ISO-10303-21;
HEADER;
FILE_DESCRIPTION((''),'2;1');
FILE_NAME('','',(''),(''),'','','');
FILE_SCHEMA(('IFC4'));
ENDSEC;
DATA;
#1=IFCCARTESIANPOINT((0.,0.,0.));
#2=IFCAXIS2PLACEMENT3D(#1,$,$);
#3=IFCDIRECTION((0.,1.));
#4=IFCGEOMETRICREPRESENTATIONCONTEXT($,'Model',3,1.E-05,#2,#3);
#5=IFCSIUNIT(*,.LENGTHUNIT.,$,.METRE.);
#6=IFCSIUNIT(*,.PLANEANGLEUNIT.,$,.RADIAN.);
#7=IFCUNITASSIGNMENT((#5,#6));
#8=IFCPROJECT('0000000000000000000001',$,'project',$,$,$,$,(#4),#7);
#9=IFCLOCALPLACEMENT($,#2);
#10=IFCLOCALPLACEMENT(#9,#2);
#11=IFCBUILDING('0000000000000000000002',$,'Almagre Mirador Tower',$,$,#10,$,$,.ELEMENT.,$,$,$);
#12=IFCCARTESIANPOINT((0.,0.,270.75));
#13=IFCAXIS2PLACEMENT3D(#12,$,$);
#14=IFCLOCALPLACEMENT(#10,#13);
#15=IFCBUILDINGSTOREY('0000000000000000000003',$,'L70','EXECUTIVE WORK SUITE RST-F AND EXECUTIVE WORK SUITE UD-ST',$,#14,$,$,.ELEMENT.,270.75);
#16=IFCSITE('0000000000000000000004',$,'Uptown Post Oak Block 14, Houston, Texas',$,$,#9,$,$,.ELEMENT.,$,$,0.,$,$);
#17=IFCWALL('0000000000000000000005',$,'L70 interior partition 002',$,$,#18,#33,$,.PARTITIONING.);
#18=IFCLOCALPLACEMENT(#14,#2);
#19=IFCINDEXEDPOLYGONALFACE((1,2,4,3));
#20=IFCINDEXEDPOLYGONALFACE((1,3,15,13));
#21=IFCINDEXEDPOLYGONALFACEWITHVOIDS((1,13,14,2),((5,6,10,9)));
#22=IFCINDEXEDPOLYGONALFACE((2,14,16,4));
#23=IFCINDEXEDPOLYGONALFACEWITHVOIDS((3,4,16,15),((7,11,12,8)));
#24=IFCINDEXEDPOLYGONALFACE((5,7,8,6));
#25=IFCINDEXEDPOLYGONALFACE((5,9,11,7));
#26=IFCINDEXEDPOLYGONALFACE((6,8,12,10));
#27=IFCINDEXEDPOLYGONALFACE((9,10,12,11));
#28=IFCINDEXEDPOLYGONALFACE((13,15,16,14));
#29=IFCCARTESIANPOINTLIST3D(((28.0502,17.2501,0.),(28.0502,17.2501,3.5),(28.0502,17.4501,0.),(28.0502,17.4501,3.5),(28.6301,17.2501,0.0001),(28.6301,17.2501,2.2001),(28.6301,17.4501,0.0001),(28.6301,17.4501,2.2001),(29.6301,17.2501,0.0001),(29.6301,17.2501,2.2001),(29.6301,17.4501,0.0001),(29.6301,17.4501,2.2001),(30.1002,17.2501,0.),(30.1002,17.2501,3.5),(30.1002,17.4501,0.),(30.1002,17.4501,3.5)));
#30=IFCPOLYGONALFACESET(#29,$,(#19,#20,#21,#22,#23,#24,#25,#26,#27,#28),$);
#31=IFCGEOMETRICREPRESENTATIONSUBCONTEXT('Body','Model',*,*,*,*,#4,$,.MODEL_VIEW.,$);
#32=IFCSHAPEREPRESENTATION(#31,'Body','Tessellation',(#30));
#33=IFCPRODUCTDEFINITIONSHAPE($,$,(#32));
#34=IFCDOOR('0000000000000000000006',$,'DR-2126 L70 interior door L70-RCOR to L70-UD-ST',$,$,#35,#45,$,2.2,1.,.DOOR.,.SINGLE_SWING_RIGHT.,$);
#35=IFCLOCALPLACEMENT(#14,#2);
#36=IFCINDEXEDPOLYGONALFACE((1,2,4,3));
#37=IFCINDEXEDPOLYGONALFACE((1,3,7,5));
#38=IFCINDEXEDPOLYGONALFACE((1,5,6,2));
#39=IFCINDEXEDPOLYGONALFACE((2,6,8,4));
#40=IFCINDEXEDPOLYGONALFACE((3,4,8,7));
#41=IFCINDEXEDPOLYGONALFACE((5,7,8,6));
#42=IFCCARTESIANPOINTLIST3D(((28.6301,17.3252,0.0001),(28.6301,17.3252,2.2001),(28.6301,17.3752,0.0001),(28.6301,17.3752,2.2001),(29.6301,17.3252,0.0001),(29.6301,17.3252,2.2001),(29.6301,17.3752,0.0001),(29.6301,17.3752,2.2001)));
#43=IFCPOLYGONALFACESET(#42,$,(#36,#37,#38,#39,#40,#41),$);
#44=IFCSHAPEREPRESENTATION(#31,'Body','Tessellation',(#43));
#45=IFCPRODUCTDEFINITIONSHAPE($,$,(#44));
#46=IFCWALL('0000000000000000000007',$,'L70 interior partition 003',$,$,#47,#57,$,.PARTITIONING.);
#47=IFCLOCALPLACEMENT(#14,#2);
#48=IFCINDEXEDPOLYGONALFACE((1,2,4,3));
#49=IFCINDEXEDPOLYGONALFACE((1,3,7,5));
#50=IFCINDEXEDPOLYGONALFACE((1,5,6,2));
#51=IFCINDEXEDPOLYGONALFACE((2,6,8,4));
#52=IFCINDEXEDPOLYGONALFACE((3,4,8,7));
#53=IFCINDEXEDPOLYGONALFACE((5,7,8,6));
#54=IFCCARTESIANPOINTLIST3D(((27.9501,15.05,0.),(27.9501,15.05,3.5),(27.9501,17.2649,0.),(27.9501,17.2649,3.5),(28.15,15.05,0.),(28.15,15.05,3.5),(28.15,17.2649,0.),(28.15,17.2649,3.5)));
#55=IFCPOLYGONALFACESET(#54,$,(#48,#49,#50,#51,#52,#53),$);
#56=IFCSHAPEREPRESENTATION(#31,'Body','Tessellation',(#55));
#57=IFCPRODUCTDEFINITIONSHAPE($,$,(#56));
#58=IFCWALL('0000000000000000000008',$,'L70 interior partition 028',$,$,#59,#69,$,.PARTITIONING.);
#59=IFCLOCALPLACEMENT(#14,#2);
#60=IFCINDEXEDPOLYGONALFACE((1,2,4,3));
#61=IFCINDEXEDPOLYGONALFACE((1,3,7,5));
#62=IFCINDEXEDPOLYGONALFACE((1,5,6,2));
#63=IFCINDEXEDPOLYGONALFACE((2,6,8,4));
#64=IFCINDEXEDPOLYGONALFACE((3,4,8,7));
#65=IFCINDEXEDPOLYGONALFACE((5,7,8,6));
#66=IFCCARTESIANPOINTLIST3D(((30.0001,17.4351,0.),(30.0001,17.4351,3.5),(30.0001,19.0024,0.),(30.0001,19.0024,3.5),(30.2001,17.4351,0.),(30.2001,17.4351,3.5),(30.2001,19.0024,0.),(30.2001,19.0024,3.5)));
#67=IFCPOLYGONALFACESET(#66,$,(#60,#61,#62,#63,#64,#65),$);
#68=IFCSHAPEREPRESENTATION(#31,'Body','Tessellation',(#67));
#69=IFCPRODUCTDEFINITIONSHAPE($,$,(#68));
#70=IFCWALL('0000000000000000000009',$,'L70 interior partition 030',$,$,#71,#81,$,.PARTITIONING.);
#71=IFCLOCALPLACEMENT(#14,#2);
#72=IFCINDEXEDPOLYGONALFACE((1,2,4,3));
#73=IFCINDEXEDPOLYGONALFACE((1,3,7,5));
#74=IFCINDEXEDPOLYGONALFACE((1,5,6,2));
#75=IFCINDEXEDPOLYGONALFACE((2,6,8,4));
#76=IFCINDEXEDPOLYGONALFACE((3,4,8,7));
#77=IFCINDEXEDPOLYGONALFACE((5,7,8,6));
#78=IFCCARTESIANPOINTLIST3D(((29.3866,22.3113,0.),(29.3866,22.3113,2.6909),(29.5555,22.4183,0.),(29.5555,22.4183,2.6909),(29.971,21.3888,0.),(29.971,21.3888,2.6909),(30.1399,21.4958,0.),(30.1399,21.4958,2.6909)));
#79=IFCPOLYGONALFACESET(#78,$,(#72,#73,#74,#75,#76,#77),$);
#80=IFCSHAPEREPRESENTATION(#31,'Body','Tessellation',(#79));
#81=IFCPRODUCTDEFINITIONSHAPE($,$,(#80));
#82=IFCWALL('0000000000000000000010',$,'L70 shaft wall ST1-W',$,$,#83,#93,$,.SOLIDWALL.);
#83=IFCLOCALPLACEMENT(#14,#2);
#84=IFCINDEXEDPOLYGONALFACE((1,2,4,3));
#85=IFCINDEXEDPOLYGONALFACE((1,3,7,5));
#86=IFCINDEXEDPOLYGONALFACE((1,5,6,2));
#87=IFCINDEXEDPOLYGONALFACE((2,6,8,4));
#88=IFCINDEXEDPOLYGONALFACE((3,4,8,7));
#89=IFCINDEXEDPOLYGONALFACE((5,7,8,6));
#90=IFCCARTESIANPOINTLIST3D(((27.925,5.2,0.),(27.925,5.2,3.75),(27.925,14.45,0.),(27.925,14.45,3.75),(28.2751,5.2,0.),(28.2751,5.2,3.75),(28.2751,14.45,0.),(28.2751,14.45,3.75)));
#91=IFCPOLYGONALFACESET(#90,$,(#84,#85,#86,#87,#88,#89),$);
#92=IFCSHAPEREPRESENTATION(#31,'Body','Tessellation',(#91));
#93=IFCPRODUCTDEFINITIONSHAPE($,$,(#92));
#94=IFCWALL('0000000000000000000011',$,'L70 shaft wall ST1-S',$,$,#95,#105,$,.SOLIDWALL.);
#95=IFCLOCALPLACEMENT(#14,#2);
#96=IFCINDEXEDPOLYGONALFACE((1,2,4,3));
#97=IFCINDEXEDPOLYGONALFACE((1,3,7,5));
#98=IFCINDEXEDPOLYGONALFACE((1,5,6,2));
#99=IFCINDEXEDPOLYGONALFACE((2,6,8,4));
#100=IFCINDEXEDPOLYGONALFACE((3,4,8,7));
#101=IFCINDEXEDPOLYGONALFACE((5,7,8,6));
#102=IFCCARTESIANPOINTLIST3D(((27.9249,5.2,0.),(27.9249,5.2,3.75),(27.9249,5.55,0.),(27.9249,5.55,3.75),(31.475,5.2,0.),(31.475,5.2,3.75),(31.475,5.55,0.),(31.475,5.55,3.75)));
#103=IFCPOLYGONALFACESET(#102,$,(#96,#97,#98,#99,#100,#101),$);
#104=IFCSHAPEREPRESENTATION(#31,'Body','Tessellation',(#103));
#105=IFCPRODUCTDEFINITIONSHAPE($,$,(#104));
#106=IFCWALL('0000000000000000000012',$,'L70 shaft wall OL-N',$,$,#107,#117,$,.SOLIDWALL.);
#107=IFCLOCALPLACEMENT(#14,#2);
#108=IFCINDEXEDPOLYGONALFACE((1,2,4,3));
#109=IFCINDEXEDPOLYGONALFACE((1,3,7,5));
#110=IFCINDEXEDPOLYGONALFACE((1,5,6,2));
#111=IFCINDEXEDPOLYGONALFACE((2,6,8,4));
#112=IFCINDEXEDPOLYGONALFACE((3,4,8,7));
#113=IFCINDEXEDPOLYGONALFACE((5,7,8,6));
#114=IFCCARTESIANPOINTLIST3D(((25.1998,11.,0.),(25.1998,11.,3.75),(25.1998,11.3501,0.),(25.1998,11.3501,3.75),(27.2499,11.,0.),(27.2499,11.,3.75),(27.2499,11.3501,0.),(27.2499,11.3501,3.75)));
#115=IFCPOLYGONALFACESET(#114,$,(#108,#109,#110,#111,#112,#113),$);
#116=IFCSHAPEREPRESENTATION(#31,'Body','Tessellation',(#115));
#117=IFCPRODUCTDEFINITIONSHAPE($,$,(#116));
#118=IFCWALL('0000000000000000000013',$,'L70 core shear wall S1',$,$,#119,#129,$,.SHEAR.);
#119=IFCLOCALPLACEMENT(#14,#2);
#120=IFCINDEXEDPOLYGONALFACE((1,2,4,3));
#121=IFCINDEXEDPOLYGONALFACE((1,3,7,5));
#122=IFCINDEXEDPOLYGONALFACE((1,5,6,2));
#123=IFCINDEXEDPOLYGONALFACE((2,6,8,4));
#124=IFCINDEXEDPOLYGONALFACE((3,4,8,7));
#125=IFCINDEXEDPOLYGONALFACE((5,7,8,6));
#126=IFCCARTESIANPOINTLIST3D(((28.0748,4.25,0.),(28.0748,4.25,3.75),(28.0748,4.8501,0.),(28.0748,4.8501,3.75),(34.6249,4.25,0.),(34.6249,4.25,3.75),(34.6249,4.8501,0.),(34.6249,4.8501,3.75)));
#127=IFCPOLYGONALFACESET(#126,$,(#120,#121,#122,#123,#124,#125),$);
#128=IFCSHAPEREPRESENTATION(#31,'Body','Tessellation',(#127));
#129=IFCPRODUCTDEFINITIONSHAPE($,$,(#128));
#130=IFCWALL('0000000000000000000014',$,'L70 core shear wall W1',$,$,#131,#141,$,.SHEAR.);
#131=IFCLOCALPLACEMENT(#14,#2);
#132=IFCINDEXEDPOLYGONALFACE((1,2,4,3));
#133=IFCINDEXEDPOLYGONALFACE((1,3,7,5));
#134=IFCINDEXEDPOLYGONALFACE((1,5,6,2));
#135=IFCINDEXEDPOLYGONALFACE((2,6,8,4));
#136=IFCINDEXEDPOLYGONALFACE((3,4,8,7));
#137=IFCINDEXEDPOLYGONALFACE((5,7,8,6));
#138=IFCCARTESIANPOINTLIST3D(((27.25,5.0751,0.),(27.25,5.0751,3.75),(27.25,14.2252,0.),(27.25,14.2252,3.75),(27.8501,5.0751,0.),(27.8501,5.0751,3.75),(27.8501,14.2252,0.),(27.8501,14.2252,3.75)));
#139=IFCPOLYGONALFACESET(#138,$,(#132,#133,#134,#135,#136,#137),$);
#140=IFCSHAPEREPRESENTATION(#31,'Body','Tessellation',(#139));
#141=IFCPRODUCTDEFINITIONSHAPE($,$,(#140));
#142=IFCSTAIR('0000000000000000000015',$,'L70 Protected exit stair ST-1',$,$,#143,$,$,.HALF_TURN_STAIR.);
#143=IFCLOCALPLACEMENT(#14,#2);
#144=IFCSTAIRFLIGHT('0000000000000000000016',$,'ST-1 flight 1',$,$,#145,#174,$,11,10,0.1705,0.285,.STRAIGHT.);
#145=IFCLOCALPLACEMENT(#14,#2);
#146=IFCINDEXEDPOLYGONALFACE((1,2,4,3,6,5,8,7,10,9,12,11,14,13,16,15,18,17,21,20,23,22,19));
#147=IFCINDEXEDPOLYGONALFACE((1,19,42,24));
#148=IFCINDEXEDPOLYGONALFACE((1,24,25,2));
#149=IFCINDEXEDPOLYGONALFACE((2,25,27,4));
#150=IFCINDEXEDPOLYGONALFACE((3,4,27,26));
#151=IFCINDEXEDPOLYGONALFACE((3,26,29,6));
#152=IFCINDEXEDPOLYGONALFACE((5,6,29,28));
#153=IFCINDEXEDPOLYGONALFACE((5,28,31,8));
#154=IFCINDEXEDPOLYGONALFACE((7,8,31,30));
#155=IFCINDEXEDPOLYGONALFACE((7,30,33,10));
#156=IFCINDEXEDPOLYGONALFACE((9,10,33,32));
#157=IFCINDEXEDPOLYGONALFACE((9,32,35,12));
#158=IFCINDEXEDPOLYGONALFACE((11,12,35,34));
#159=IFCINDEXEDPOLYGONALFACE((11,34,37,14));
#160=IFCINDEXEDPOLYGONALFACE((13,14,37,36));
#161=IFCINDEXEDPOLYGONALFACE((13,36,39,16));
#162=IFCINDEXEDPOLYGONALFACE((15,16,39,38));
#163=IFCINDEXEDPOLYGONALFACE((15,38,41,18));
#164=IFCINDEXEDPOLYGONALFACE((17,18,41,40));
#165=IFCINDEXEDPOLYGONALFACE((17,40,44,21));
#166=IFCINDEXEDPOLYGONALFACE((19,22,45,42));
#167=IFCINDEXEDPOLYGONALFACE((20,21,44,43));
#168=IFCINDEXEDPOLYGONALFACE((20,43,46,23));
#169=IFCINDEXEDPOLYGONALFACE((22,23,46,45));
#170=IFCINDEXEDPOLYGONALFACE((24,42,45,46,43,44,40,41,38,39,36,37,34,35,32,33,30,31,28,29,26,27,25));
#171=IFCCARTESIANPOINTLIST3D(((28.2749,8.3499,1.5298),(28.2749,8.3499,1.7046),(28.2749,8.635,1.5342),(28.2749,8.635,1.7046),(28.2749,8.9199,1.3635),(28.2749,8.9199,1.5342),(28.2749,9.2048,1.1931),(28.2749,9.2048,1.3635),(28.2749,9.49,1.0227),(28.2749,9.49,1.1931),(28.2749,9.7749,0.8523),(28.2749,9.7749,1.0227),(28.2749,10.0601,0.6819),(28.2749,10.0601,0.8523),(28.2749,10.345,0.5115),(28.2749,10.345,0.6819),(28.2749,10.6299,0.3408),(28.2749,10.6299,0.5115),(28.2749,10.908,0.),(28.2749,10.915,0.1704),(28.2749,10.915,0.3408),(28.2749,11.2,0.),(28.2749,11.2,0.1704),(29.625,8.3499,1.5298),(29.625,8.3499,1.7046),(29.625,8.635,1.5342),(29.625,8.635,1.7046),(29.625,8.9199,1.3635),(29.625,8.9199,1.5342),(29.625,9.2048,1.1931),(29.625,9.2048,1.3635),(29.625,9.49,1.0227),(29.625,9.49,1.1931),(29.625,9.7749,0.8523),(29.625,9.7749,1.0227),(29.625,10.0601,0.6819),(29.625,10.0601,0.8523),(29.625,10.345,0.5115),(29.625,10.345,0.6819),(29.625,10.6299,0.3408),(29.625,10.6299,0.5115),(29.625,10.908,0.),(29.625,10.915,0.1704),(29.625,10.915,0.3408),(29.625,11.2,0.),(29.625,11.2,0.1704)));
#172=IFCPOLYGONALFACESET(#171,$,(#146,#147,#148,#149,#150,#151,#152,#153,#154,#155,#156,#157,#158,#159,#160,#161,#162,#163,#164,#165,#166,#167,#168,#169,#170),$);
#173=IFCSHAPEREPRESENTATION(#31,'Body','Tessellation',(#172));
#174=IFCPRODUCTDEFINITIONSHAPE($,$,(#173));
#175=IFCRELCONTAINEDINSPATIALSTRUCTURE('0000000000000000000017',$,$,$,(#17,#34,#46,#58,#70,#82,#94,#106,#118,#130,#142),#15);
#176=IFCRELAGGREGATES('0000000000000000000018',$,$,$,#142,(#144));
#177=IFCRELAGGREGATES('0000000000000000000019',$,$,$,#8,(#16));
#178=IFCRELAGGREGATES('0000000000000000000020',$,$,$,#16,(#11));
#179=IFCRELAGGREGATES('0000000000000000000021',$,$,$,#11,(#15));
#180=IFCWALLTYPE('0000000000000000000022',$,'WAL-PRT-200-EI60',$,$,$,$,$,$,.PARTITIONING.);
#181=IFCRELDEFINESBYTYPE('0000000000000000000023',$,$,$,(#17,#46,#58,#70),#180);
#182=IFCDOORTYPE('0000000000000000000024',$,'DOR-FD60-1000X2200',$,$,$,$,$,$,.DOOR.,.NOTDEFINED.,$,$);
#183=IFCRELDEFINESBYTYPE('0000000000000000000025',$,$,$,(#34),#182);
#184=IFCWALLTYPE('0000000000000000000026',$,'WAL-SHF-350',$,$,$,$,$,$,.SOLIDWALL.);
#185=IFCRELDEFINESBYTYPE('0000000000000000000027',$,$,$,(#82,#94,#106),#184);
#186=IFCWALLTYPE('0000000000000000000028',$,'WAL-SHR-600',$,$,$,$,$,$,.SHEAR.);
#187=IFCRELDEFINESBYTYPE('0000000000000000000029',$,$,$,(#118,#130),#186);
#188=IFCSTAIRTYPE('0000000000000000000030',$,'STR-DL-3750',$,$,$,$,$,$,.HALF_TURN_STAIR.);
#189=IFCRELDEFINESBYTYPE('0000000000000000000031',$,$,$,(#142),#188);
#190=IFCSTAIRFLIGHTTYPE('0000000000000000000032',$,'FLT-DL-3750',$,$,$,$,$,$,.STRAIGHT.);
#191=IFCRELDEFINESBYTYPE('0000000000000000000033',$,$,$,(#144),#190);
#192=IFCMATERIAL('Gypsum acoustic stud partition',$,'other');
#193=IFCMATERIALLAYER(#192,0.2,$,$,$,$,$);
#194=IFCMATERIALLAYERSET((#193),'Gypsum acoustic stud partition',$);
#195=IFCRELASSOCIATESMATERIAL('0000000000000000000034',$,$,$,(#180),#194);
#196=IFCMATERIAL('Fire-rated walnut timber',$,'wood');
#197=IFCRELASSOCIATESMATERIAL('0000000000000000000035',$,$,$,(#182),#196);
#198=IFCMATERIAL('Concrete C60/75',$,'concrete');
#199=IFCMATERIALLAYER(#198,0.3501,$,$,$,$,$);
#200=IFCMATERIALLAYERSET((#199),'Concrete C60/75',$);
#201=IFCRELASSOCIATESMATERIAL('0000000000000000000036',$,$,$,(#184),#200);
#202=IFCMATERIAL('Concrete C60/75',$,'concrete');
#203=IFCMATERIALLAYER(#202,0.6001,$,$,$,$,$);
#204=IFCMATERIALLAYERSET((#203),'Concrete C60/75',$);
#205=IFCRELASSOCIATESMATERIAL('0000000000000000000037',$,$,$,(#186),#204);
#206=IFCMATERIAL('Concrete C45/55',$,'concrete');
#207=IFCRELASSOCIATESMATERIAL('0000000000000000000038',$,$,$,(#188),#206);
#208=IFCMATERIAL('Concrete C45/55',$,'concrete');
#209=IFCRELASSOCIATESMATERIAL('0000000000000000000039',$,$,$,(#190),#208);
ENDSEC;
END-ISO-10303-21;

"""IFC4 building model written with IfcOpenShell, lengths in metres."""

from ifc_helpers import new_model, si_unit, direction, frame, frame_2d, origin, place, context, subcontext, project, spatial, polyline, rectangle, outline, extrude, material, layer, layer_set, type_object, element, fill, aggregate, save


model = new_model("IFC4")

# Units and contexts
model_context = context("Model", 3, precision=1e-05, world=origin(), true_north=direction((0.0, 1.0)))
body_context = subcontext(model_context, "Body", "Model", "MODEL_VIEW")
ifc_project = project(units=[si_unit("LENGTHUNIT", "METRE"), si_unit("PLANEANGLEUNIT", "RADIAN")], contexts=[model_context])

# Site, building, storey
site_placement = place(None, origin())
site = spatial("IfcSite", under=ifc_project, at=site_placement, Name="Uptown Post Oak Block 14, Houston, Texas", CompositionType="ELEMENT", RefElevation=0.0)
building_placement = place(site_placement, origin())
building = spatial("IfcBuilding", under=site, at=building_placement, Name="Almagre Mirador Tower", CompositionType="ELEMENT")
storey_placement = place(building_placement, frame((0.0, 0.0, 270.75)))
storey = spatial("IfcBuildingStorey", under=building, at=storey_placement, Name="L70", Description="EXECUTIVE WORK SUITE RST-F AND EXECUTIVE WORK SUITE UD-ST", CompositionType="ELEMENT", Elevation=270.75)

# Wall, opening, door
ifc_material_1 = material(Name="Gypsum acoustic stud partition", Category="other")
ifc_layer_1 = layer(ifc_material_1, 0.2)
ifc_layer_set_1 = layer_set([ifc_layer_1], Name="Gypsum acoustic stud partition")
wall_type_1 = type_object("IfcWallType", Name="WAL-PRT-200-EI60", PredefinedType="PARTITIONING", material=ifc_layer_set_1)
wall_1_placement = place(storey_placement, frame((30.1001, 17.3501, 0.0), z_axis=(0.0, 0.0, 1.0), x_axis=(-1.0, 0.0, 0.0)))
wall_1 = element("IfcWall", 1, at=wall_1_placement, inside=storey, type_object=wall_type_1, Name="L70 interior partition 002", PredefinedType="PARTITIONING", context=body_context, shape_type="SweptSolid", body=[
    extrude(rectangle(XDim=2.05, YDim=0.2, at=frame_2d((1.0249, 0.0))), origin(), (0.0, 0.0, 1.0), 3.5),
])
opening_1_placement = place(wall_1_placement, frame((0.47, 0.0, 0.0)))
opening_1 = element("IfcOpeningElement", 2, at=opening_1_placement, cuts=wall_1, PredefinedType="OPENING", context=body_context, shape_type="SweptSolid", body=[
    extrude(rectangle(XDim=1.0, YDim=2.2, at=frame_2d((0.5, 1.1001))), frame((0.0, 0.1101, 0.0), z_axis=(0.0, -1.0, 0.0), x_axis=(1.0, 0.0, 0.0)), (0.0, 0.0, 1.0), 0.22),
])
ifc_material_2 = material(Name="Fire-rated walnut timber", Category="wood")
door_type_1 = type_object("IfcDoorType", Name="DOR-FD60-1000X2200", OperationType="NOTDEFINED", PredefinedType="DOOR", material=ifc_material_2)
door_1_placement = place(opening_1_placement, origin())
door_1 = element("IfcDoor", 3, at=door_1_placement, inside=storey, type_object=door_type_1, Name="DR-2126 L70 interior door L70-RCOR to L70-UD-ST", OperationType="SINGLE_SWING_RIGHT", OverallHeight=2.2, OverallWidth=1.0, PredefinedType="DOOR", context=body_context, shape_type="SweptSolid", body=[
    extrude(rectangle(XDim=1.0, YDim=2.2, at=frame_2d((0.5, 1.1001))), frame((0.0, 0.0249, 0.0), z_axis=(0.0, -1.0, 0.0), x_axis=(1.0, 0.0, 0.0)), (0.0, 0.0, 1.0), 0.05),
])
fill(opening_1, door_1)

# Walls
wall_2_placement = place(storey_placement, frame((28.05, 17.2649, 0.0), z_axis=(0.0, 0.0, 1.0), x_axis=(0.0, -1.0, 0.0)))
element("IfcWall", 4, at=wall_2_placement, inside=storey, type_object=wall_type_1, Name="L70 interior partition 003", PredefinedType="PARTITIONING", context=body_context, shape_type="SweptSolid", body=[
    extrude(rectangle(XDim=2.2148, YDim=0.2, at=frame_2d((1.1074, 0.0))), origin(), (0.0, 0.0, 1.0), 3.5),
])
wall_3_placement = place(storey_placement, frame((30.1001, 17.4351, 0.0), z_axis=(0.0, 0.0, 1.0), x_axis=(0.0, 1.0, 0.0)))
element("IfcWall", 5, at=wall_3_placement, inside=storey, type_object=wall_type_1, Name="L70 interior partition 028", PredefinedType="PARTITIONING", context=body_context, shape_type="SweptSolid", body=[
    extrude(rectangle(XDim=1.5674, YDim=0.2, at=frame_2d((0.7837, 0.0))), origin(), (0.0, 0.0, 1.0), 3.5),
])
wall_4_placement = place(storey_placement, frame((30.0554, 21.4424, 0.0), z_axis=(0.0, 0.0, 1.0), x_axis=(-0.535153, 0.844755, 0.0)))
element("IfcWall", 6, at=wall_4_placement, inside=storey, type_object=wall_type_1, Name="L70 interior partition 030", PredefinedType="PARTITIONING", context=body_context, shape_type="SweptSolid", body=[
    extrude(rectangle(XDim=1.092, YDim=0.2, at=frame_2d((0.5459, 0.0))), origin(), (0.0, 0.0, 1.0), 2.6909),
])
ifc_material_3 = material(Name="Concrete C60/75", Category="concrete")
ifc_layer_2 = layer(ifc_material_3, 0.3501)
ifc_layer_set_2 = layer_set([ifc_layer_2], Name="Concrete C60/75")
wall_type_2 = type_object("IfcWallType", Name="WAL-SHF-350", PredefinedType="SOLIDWALL", material=ifc_layer_set_2)
wall_5_placement = place(storey_placement, frame((28.1001, 5.2, 0.0), z_axis=(0.0, 0.0, 1.0), x_axis=(0.0, 1.0, 0.0)))
element("IfcWall", 7, at=wall_5_placement, inside=storey, type_object=wall_type_2, Name="L70 shaft wall ST1-W", PredefinedType="SOLIDWALL", context=body_context, shape_type="SweptSolid", body=[
    extrude(rectangle(XDim=9.25, YDim=0.3501, at=frame_2d((4.625, 0.0))), origin(), (0.0, 0.0, 1.0), 3.75),
])
wall_6_placement = place(storey_placement, frame((27.925, 5.375, 0.0), z_axis=(0.0, 0.0, 1.0), x_axis=(1.0, 0.0, 0.0)))
element("IfcWall", 8, at=wall_6_placement, inside=storey, type_object=wall_type_2, Name="L70 shaft wall ST1-S", PredefinedType="SOLIDWALL", context=body_context, shape_type="SweptSolid", body=[
    extrude(rectangle(XDim=3.55, YDim=0.3501, at=frame_2d((1.7749, 0.0))), origin(), (0.0, 0.0, 1.0), 3.75),
])
wall_7_placement = place(storey_placement, frame((25.2, 11.175, 0.0), z_axis=(0.0, 0.0, 1.0), x_axis=(1.0, 0.0, 0.0)))
element("IfcWall", 9, at=wall_7_placement, inside=storey, type_object=wall_type_2, Name="L70 shaft wall OL-N", PredefinedType="SOLIDWALL", context=body_context, shape_type="SweptSolid", body=[
    extrude(rectangle(XDim=2.05, YDim=0.3501, at=frame_2d((1.0249, 0.0))), origin(), (0.0, 0.0, 1.0), 3.75),
])
ifc_material_4 = material(Name="Concrete C60/75", Category="concrete")
ifc_layer_3 = layer(ifc_material_4, 0.6001)
ifc_layer_set_3 = layer_set([ifc_layer_3], Name="Concrete C60/75")
wall_type_3 = type_object("IfcWallType", Name="WAL-SHR-600", PredefinedType="SHEAR", material=ifc_layer_set_3)
wall_8_placement = place(storey_placement, frame((28.075, 4.55, 0.0), z_axis=(0.0, 0.0, 1.0), x_axis=(1.0, 0.0, 0.0)))
element("IfcWall", 10, at=wall_8_placement, inside=storey, type_object=wall_type_3, Name="L70 core shear wall S1", PredefinedType="SHEAR", context=body_context, shape_type="SweptSolid", body=[
    extrude(rectangle(XDim=6.55, YDim=0.6001, at=frame_2d((3.2749, 0.0))), origin(), (0.0, 0.0, 1.0), 3.75),
])

# Wall
wall_9_placement = place(storey_placement, frame((27.55, 5.075, 0.0), z_axis=(0.0, 0.0, 1.0), x_axis=(0.0, 1.0, 0.0)))
element("IfcWall", 11, at=wall_9_placement, inside=storey, type_object=wall_type_3, Name="L70 core shear wall W1", PredefinedType="SHEAR", context=body_context, shape_type="SweptSolid", body=[
    extrude(rectangle(XDim=9.1501, YDim=0.6001, at=frame_2d((4.5752, 0.0))), origin(), (0.0, 0.0, 1.0), 3.75),
])

# Stair, stair flight
ifc_material_5 = material(Name="Concrete C45/55", Category="concrete")
stair_type = type_object("IfcStairType", Name="STR-DL-3750", PredefinedType="HALF_TURN_STAIR", material=ifc_material_5)
stair_placement = place(storey_placement, origin())
stair = element("IfcStair", 12, at=stair_placement, inside=storey, type_object=stair_type, Name="L70 Protected exit stair ST-1", PredefinedType="HALF_TURN_STAIR")
ifc_material_6 = material(Name="Concrete C45/55", Category="concrete")
stair_flight_type = type_object("IfcStairFlightType", Name="FLT-DL-3750", PredefinedType="STRAIGHT", material=ifc_material_6)
stair_flight_placement = place(storey_placement, frame((28.95, 11.2, 0.0), z_axis=(0.0, 0.0, 1.0), x_axis=(0.0, -1.0, 0.0)))
stair_flight = element("IfcStairFlight", 13, at=stair_flight_placement, type_object=stair_flight_type, Name="ST-1 flight 1", NumberOfRisers=11, NumberOfTreads=10, PredefinedType="STRAIGHT", RiserHeight=0.1705, TreadLength=0.285, context=body_context, shape_type="SweptSolid", body=[
    extrude(outline(polyline([(0.0, 0.0), (0.0, 0.1704), (0.2849, 0.1704), (0.2849, 0.3408), (0.5701, 0.3408), (0.5701, 0.5115), (0.855, 0.5115), (0.855, 0.6819), (1.1399, 0.6819), (1.1399, 0.8523), (1.425, 0.8523), (1.425, 1.0227), (1.71, 1.0227), (1.71, 1.1931), (1.9951, 1.1931), (1.9951, 1.3635), (2.28, 1.3635), (2.28, 1.5342), (2.5649, 1.5342), (2.5649, 1.7046), (2.8501, 1.7046), (2.8501, 1.875), (2.8501, 1.5298), (0.292, 0.0), (0.0, 0.0)])), frame((0.0, 0.675, 0.0), z_axis=(0.0, -1.0, 0.0), x_axis=(1.0, 0.0, 0.0)), (0.0, 0.0, 1.0), 1.3501),
])
aggregate(stair, [stair_flight])

save(model, "model.ifc")
